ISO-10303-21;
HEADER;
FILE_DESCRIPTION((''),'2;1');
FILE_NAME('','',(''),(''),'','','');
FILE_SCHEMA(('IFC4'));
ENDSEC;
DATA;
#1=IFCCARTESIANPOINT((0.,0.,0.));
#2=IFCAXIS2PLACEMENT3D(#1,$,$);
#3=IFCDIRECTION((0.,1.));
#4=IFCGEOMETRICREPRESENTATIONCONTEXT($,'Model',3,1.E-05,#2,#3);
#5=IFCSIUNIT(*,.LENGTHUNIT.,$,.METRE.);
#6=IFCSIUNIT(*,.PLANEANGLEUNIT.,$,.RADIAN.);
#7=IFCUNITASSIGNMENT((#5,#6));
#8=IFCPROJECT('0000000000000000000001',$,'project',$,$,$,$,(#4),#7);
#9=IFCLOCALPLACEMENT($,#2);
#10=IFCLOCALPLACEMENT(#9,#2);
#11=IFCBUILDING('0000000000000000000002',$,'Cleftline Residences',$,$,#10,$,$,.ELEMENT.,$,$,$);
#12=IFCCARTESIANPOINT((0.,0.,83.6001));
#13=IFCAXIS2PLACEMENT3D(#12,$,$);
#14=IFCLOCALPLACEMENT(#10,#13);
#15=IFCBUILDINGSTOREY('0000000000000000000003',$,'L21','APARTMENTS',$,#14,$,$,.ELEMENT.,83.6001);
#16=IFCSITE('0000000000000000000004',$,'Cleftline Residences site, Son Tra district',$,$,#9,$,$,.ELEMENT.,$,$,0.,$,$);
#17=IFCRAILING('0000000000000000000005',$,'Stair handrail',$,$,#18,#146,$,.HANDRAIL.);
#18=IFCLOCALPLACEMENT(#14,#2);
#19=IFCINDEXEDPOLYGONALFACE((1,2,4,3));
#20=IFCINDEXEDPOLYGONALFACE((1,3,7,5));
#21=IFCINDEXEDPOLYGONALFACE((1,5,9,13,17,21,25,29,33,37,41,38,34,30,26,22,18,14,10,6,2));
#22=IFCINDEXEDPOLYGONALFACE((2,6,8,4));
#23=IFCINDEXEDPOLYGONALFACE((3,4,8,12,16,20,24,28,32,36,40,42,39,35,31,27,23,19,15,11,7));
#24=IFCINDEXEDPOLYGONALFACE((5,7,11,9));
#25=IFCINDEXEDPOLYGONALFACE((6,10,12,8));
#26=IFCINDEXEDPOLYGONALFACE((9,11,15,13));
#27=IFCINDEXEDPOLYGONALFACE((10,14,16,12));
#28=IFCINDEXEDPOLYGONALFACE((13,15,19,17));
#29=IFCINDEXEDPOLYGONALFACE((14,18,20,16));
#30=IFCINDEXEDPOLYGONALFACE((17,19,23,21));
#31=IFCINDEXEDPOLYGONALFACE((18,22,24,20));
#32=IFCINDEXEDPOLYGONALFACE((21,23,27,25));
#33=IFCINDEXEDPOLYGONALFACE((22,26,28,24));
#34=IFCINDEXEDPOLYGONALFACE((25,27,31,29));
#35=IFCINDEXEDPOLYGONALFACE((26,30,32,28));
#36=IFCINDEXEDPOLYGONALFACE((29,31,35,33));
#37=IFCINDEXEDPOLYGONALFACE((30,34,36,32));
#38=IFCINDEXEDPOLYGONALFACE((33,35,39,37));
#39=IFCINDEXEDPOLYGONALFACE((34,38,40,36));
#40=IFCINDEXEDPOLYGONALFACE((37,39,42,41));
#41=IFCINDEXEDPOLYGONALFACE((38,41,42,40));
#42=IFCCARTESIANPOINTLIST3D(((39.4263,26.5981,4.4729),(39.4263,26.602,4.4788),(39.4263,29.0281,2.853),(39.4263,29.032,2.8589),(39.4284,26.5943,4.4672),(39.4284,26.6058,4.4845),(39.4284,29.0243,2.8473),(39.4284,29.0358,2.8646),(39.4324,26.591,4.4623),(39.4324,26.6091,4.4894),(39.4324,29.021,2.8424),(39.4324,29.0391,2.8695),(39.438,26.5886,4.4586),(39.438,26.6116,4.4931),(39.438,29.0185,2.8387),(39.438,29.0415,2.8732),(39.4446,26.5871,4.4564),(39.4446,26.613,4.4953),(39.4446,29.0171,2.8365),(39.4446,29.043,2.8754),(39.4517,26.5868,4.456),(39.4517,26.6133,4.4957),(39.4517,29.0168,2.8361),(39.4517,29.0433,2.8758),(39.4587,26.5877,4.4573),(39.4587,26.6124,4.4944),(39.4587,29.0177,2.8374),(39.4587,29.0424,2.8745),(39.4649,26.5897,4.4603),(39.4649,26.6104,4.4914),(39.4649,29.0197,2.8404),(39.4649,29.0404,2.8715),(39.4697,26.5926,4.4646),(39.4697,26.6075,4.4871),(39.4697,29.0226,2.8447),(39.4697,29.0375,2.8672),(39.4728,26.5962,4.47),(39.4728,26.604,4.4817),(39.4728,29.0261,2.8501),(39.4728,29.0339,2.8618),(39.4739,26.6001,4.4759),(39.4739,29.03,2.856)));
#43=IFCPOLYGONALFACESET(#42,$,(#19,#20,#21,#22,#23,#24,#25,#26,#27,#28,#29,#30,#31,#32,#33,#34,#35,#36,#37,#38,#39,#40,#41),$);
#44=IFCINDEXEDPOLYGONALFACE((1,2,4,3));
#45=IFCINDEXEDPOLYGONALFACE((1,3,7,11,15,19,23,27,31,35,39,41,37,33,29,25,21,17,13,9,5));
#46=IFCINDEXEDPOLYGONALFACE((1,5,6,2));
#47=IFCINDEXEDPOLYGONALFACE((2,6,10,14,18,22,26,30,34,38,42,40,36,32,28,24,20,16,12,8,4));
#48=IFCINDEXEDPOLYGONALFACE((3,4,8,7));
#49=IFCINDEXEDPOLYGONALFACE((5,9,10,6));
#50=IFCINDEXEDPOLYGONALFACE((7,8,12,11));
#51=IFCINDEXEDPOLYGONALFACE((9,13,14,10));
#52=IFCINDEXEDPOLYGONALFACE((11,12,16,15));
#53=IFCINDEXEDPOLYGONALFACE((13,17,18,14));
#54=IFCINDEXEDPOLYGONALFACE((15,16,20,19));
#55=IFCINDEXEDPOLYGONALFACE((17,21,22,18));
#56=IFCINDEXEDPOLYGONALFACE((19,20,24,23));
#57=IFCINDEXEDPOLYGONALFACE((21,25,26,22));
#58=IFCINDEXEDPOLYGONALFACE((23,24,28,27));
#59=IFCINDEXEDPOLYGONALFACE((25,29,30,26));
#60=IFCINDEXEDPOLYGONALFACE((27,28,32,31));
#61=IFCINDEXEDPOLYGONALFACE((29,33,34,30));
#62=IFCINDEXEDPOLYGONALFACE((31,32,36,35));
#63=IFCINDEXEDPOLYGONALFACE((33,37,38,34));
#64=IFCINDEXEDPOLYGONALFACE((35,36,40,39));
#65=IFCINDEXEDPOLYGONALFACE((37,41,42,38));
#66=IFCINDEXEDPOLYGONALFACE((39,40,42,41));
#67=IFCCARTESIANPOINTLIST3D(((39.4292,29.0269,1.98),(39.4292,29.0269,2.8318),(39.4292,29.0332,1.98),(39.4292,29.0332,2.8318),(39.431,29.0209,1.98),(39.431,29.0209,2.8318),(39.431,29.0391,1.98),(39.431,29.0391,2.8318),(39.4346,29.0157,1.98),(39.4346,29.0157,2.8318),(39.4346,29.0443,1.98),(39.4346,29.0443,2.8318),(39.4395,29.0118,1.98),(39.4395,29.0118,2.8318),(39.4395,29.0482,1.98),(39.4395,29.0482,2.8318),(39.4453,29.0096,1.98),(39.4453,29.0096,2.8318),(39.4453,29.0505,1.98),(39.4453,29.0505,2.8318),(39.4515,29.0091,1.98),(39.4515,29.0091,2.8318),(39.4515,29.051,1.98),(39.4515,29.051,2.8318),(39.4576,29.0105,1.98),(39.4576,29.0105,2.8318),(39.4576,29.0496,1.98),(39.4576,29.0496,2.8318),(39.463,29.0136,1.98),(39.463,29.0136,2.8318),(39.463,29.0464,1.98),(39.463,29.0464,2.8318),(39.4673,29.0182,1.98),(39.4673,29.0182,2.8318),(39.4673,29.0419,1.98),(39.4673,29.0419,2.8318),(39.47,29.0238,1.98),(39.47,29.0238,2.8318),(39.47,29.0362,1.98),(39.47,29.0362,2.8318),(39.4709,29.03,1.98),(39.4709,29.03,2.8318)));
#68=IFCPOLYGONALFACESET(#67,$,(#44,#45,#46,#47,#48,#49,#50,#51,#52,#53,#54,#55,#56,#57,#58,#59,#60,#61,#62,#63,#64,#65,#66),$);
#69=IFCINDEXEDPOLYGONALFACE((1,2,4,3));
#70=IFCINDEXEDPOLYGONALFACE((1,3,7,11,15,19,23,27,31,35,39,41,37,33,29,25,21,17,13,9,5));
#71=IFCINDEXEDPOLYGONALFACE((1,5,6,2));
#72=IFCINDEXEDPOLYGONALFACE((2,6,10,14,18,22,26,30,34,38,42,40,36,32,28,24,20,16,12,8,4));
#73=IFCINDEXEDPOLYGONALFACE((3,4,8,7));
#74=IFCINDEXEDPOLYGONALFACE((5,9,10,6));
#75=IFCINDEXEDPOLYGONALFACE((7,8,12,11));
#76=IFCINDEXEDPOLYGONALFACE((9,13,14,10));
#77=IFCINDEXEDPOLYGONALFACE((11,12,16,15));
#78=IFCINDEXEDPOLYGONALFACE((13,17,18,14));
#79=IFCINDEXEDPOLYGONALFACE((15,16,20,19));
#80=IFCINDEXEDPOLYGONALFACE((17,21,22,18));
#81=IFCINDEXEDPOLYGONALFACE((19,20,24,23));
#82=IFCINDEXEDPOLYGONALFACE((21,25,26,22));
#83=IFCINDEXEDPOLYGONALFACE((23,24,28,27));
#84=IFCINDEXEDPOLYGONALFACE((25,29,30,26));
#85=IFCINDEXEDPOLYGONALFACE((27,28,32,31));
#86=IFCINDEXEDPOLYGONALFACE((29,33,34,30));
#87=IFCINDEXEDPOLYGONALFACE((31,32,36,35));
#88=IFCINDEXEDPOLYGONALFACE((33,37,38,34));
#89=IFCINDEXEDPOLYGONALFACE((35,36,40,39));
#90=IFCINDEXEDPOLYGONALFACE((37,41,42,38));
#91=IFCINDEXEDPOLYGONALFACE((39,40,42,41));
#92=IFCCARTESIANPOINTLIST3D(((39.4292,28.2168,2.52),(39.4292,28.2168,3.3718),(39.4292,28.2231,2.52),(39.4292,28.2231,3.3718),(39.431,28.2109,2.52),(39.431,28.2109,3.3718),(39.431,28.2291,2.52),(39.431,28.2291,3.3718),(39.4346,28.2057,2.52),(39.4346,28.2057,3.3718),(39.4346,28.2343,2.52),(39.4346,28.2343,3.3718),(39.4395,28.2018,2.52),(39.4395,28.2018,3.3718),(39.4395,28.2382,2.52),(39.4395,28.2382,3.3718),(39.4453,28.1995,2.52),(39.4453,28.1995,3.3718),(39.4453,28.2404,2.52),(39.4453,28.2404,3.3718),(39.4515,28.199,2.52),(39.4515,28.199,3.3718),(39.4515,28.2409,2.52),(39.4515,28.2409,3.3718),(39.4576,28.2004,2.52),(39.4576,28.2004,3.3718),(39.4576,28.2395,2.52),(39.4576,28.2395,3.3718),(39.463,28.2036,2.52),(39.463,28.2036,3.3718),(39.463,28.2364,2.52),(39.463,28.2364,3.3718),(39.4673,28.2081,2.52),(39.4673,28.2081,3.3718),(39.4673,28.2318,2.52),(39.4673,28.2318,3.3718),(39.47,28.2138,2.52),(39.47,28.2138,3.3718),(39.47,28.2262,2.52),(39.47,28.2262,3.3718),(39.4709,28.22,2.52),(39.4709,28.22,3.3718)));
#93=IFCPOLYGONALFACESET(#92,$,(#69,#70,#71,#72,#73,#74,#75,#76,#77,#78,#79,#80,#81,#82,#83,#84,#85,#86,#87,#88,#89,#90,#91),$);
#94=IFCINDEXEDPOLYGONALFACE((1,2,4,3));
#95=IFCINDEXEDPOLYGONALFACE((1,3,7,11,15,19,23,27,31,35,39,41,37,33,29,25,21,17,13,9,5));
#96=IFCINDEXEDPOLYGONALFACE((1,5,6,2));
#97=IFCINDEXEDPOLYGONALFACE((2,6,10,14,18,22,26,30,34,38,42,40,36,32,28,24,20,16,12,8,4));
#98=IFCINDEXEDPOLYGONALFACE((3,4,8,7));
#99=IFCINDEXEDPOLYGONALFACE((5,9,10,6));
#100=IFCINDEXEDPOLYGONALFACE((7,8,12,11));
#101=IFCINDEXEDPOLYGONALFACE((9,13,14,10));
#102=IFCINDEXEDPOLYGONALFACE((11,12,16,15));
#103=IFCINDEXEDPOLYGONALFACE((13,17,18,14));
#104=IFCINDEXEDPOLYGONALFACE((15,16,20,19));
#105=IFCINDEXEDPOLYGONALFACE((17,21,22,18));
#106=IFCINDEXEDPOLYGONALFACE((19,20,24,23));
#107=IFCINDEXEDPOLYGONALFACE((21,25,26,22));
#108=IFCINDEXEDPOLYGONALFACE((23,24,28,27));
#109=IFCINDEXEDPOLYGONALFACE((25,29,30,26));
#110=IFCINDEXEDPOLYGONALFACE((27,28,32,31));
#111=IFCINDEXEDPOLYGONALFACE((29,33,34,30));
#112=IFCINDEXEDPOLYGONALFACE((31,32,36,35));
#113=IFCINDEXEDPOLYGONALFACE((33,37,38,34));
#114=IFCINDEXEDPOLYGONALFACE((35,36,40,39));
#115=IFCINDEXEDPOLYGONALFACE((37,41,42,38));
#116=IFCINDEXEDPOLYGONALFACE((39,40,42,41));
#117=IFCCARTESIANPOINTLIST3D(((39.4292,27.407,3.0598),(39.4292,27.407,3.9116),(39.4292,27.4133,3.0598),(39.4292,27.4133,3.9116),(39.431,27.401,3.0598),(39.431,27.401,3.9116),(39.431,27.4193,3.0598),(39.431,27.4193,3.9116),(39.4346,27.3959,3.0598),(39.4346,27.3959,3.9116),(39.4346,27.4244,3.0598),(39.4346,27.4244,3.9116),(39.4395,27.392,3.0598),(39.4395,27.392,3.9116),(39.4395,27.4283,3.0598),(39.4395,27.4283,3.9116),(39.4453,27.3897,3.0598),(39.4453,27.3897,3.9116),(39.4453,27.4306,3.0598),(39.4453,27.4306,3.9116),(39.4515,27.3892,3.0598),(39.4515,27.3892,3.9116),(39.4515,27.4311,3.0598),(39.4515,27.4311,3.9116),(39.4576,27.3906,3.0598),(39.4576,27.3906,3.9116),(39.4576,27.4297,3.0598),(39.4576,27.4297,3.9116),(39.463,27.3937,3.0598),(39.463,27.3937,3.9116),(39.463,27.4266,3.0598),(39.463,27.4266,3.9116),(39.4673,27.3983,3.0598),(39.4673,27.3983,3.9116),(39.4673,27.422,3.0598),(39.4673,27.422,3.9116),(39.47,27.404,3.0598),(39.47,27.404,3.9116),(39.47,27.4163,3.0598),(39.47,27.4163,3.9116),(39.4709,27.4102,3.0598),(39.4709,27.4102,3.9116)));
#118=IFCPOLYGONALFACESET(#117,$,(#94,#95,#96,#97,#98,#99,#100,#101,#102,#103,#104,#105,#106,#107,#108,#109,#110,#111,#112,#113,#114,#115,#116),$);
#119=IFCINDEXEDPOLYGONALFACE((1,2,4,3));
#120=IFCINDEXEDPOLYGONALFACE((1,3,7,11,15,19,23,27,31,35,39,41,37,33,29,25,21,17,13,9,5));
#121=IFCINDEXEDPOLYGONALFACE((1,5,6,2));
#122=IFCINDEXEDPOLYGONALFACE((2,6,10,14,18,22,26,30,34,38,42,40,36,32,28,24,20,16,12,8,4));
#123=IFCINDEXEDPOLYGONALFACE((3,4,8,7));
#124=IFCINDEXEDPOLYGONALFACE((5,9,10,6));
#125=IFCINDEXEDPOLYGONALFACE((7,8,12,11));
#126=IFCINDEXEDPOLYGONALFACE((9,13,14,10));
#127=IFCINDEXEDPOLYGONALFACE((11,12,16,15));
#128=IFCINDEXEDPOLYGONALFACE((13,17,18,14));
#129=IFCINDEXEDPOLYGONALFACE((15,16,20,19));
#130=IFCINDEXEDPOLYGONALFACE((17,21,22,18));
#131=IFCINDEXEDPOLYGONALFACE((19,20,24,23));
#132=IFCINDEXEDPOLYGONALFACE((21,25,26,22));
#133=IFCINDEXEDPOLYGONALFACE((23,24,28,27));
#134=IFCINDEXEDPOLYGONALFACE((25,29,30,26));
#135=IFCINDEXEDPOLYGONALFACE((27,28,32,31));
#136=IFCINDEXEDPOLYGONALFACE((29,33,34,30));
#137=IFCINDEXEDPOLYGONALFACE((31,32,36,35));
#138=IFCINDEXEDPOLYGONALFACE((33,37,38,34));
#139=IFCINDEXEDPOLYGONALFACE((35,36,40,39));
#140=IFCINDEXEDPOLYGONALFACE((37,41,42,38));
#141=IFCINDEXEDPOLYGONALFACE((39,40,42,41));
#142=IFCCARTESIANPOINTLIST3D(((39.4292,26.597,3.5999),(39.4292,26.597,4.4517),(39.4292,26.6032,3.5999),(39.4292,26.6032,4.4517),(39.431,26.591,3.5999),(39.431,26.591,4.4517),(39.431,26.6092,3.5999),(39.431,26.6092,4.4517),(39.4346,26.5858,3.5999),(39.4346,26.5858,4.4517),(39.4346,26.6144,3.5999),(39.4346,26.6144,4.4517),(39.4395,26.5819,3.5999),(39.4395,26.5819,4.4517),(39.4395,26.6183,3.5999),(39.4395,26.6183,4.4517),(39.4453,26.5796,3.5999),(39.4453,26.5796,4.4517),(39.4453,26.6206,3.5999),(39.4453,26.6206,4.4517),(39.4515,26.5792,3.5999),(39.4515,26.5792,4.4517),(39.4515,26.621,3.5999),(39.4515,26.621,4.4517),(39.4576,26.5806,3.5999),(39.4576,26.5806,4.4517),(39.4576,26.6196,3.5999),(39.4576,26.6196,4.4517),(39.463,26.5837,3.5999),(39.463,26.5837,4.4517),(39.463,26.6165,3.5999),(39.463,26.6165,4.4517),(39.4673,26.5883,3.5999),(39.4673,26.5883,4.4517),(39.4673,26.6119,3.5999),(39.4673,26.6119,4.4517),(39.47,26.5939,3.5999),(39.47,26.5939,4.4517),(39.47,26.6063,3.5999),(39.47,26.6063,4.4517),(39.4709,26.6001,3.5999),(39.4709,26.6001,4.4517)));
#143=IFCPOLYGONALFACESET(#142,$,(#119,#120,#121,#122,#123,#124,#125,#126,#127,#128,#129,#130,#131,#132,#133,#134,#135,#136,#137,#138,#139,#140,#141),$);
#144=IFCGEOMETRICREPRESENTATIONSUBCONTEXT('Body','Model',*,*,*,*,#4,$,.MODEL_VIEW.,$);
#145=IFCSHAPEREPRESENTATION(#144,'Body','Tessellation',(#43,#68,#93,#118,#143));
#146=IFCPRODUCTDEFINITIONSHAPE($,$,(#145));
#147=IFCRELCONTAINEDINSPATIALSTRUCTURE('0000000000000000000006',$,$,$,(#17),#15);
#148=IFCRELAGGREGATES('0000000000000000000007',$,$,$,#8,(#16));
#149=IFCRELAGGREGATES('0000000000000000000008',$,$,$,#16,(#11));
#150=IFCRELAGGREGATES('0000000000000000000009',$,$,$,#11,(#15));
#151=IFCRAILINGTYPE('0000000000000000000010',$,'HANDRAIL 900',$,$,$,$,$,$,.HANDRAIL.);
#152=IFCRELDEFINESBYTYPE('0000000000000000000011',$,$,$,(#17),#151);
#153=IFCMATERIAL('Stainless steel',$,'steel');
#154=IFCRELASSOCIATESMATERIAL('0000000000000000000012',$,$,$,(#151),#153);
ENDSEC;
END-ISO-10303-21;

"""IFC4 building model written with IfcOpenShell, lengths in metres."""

from ifc_helpers import new_model, si_unit, direction, frame, origin, origin_2d, place, context, subcontext, project, spatial, circle, extrude, material, type_object, element, save


model = new_model("IFC4")

# Units and contexts
model_context = context("Model", 3, precision=1e-05, world=origin(), true_north=direction((0.0, 1.0)))
body_context = subcontext(model_context, "Body", "Model", "MODEL_VIEW")
ifc_project = project(units=[si_unit("LENGTHUNIT", "METRE"), si_unit("PLANEANGLEUNIT", "RADIAN")], contexts=[model_context])

# Site, building, storey
site_placement = place(None, origin())
site = spatial("IfcSite", under=ifc_project, at=site_placement, Name="Cleftline Residences site, Son Tra district", CompositionType="ELEMENT", RefElevation=0.0)
building_placement = place(site_placement, origin())
building = spatial("IfcBuilding", under=site, at=building_placement, Name="Cleftline Residences", CompositionType="ELEMENT")
storey_placement = place(building_placement, frame((0.0, 0.0, 83.6001)))
storey = spatial("IfcBuildingStorey", under=building, at=storey_placement, Name="L21", Description="APARTMENTS", CompositionType="ELEMENT", Elevation=83.6001)

# Railing
ifc_material_1 = material(Name="Stainless steel", Category="steel")
railing_type = type_object("IfcRailingType", Name="HANDRAIL 900", PredefinedType="HANDRAIL", material=ifc_material_1)
railing_1_placement = place(storey_placement, frame((39.45, 29.03, 1.98)))
element("IfcRailing", 1, at=railing_1_placement, inside=storey, type_object=railing_type, Name="Stair handrail", PredefinedType="HANDRAIL", context=body_context, shape_type="SweptSolid", body=[
    extrude(circle(Radius=0.0239, at=origin_2d()), frame((0.0, 0.0, 0.876), z_axis=(0.0, -0.832063, 0.554681), x_axis=(1.0, 0.0, 0.0)), (0.0, 0.0, 1.0), 2.9204),
    extrude(circle(Radius=0.021, at=origin_2d()), origin(), (0.0, 0.0, 1.0), 0.8518),
    extrude(circle(Radius=0.021, at=origin_2d()), frame((0.0, -0.8101, 0.54)), (0.0, 0.0, 1.0), 0.8518),
    extrude(circle(Radius=0.021, at=origin_2d()), frame((0.0, -1.6199, 1.0798)), (0.0, 0.0, 1.0), 0.8518),
    extrude(circle(Radius=0.021, at=origin_2d()), frame((0.0, -2.4299, 1.6199)), (0.0, 0.0, 1.0), 0.8518),
])

save(model, "model.ifc")
